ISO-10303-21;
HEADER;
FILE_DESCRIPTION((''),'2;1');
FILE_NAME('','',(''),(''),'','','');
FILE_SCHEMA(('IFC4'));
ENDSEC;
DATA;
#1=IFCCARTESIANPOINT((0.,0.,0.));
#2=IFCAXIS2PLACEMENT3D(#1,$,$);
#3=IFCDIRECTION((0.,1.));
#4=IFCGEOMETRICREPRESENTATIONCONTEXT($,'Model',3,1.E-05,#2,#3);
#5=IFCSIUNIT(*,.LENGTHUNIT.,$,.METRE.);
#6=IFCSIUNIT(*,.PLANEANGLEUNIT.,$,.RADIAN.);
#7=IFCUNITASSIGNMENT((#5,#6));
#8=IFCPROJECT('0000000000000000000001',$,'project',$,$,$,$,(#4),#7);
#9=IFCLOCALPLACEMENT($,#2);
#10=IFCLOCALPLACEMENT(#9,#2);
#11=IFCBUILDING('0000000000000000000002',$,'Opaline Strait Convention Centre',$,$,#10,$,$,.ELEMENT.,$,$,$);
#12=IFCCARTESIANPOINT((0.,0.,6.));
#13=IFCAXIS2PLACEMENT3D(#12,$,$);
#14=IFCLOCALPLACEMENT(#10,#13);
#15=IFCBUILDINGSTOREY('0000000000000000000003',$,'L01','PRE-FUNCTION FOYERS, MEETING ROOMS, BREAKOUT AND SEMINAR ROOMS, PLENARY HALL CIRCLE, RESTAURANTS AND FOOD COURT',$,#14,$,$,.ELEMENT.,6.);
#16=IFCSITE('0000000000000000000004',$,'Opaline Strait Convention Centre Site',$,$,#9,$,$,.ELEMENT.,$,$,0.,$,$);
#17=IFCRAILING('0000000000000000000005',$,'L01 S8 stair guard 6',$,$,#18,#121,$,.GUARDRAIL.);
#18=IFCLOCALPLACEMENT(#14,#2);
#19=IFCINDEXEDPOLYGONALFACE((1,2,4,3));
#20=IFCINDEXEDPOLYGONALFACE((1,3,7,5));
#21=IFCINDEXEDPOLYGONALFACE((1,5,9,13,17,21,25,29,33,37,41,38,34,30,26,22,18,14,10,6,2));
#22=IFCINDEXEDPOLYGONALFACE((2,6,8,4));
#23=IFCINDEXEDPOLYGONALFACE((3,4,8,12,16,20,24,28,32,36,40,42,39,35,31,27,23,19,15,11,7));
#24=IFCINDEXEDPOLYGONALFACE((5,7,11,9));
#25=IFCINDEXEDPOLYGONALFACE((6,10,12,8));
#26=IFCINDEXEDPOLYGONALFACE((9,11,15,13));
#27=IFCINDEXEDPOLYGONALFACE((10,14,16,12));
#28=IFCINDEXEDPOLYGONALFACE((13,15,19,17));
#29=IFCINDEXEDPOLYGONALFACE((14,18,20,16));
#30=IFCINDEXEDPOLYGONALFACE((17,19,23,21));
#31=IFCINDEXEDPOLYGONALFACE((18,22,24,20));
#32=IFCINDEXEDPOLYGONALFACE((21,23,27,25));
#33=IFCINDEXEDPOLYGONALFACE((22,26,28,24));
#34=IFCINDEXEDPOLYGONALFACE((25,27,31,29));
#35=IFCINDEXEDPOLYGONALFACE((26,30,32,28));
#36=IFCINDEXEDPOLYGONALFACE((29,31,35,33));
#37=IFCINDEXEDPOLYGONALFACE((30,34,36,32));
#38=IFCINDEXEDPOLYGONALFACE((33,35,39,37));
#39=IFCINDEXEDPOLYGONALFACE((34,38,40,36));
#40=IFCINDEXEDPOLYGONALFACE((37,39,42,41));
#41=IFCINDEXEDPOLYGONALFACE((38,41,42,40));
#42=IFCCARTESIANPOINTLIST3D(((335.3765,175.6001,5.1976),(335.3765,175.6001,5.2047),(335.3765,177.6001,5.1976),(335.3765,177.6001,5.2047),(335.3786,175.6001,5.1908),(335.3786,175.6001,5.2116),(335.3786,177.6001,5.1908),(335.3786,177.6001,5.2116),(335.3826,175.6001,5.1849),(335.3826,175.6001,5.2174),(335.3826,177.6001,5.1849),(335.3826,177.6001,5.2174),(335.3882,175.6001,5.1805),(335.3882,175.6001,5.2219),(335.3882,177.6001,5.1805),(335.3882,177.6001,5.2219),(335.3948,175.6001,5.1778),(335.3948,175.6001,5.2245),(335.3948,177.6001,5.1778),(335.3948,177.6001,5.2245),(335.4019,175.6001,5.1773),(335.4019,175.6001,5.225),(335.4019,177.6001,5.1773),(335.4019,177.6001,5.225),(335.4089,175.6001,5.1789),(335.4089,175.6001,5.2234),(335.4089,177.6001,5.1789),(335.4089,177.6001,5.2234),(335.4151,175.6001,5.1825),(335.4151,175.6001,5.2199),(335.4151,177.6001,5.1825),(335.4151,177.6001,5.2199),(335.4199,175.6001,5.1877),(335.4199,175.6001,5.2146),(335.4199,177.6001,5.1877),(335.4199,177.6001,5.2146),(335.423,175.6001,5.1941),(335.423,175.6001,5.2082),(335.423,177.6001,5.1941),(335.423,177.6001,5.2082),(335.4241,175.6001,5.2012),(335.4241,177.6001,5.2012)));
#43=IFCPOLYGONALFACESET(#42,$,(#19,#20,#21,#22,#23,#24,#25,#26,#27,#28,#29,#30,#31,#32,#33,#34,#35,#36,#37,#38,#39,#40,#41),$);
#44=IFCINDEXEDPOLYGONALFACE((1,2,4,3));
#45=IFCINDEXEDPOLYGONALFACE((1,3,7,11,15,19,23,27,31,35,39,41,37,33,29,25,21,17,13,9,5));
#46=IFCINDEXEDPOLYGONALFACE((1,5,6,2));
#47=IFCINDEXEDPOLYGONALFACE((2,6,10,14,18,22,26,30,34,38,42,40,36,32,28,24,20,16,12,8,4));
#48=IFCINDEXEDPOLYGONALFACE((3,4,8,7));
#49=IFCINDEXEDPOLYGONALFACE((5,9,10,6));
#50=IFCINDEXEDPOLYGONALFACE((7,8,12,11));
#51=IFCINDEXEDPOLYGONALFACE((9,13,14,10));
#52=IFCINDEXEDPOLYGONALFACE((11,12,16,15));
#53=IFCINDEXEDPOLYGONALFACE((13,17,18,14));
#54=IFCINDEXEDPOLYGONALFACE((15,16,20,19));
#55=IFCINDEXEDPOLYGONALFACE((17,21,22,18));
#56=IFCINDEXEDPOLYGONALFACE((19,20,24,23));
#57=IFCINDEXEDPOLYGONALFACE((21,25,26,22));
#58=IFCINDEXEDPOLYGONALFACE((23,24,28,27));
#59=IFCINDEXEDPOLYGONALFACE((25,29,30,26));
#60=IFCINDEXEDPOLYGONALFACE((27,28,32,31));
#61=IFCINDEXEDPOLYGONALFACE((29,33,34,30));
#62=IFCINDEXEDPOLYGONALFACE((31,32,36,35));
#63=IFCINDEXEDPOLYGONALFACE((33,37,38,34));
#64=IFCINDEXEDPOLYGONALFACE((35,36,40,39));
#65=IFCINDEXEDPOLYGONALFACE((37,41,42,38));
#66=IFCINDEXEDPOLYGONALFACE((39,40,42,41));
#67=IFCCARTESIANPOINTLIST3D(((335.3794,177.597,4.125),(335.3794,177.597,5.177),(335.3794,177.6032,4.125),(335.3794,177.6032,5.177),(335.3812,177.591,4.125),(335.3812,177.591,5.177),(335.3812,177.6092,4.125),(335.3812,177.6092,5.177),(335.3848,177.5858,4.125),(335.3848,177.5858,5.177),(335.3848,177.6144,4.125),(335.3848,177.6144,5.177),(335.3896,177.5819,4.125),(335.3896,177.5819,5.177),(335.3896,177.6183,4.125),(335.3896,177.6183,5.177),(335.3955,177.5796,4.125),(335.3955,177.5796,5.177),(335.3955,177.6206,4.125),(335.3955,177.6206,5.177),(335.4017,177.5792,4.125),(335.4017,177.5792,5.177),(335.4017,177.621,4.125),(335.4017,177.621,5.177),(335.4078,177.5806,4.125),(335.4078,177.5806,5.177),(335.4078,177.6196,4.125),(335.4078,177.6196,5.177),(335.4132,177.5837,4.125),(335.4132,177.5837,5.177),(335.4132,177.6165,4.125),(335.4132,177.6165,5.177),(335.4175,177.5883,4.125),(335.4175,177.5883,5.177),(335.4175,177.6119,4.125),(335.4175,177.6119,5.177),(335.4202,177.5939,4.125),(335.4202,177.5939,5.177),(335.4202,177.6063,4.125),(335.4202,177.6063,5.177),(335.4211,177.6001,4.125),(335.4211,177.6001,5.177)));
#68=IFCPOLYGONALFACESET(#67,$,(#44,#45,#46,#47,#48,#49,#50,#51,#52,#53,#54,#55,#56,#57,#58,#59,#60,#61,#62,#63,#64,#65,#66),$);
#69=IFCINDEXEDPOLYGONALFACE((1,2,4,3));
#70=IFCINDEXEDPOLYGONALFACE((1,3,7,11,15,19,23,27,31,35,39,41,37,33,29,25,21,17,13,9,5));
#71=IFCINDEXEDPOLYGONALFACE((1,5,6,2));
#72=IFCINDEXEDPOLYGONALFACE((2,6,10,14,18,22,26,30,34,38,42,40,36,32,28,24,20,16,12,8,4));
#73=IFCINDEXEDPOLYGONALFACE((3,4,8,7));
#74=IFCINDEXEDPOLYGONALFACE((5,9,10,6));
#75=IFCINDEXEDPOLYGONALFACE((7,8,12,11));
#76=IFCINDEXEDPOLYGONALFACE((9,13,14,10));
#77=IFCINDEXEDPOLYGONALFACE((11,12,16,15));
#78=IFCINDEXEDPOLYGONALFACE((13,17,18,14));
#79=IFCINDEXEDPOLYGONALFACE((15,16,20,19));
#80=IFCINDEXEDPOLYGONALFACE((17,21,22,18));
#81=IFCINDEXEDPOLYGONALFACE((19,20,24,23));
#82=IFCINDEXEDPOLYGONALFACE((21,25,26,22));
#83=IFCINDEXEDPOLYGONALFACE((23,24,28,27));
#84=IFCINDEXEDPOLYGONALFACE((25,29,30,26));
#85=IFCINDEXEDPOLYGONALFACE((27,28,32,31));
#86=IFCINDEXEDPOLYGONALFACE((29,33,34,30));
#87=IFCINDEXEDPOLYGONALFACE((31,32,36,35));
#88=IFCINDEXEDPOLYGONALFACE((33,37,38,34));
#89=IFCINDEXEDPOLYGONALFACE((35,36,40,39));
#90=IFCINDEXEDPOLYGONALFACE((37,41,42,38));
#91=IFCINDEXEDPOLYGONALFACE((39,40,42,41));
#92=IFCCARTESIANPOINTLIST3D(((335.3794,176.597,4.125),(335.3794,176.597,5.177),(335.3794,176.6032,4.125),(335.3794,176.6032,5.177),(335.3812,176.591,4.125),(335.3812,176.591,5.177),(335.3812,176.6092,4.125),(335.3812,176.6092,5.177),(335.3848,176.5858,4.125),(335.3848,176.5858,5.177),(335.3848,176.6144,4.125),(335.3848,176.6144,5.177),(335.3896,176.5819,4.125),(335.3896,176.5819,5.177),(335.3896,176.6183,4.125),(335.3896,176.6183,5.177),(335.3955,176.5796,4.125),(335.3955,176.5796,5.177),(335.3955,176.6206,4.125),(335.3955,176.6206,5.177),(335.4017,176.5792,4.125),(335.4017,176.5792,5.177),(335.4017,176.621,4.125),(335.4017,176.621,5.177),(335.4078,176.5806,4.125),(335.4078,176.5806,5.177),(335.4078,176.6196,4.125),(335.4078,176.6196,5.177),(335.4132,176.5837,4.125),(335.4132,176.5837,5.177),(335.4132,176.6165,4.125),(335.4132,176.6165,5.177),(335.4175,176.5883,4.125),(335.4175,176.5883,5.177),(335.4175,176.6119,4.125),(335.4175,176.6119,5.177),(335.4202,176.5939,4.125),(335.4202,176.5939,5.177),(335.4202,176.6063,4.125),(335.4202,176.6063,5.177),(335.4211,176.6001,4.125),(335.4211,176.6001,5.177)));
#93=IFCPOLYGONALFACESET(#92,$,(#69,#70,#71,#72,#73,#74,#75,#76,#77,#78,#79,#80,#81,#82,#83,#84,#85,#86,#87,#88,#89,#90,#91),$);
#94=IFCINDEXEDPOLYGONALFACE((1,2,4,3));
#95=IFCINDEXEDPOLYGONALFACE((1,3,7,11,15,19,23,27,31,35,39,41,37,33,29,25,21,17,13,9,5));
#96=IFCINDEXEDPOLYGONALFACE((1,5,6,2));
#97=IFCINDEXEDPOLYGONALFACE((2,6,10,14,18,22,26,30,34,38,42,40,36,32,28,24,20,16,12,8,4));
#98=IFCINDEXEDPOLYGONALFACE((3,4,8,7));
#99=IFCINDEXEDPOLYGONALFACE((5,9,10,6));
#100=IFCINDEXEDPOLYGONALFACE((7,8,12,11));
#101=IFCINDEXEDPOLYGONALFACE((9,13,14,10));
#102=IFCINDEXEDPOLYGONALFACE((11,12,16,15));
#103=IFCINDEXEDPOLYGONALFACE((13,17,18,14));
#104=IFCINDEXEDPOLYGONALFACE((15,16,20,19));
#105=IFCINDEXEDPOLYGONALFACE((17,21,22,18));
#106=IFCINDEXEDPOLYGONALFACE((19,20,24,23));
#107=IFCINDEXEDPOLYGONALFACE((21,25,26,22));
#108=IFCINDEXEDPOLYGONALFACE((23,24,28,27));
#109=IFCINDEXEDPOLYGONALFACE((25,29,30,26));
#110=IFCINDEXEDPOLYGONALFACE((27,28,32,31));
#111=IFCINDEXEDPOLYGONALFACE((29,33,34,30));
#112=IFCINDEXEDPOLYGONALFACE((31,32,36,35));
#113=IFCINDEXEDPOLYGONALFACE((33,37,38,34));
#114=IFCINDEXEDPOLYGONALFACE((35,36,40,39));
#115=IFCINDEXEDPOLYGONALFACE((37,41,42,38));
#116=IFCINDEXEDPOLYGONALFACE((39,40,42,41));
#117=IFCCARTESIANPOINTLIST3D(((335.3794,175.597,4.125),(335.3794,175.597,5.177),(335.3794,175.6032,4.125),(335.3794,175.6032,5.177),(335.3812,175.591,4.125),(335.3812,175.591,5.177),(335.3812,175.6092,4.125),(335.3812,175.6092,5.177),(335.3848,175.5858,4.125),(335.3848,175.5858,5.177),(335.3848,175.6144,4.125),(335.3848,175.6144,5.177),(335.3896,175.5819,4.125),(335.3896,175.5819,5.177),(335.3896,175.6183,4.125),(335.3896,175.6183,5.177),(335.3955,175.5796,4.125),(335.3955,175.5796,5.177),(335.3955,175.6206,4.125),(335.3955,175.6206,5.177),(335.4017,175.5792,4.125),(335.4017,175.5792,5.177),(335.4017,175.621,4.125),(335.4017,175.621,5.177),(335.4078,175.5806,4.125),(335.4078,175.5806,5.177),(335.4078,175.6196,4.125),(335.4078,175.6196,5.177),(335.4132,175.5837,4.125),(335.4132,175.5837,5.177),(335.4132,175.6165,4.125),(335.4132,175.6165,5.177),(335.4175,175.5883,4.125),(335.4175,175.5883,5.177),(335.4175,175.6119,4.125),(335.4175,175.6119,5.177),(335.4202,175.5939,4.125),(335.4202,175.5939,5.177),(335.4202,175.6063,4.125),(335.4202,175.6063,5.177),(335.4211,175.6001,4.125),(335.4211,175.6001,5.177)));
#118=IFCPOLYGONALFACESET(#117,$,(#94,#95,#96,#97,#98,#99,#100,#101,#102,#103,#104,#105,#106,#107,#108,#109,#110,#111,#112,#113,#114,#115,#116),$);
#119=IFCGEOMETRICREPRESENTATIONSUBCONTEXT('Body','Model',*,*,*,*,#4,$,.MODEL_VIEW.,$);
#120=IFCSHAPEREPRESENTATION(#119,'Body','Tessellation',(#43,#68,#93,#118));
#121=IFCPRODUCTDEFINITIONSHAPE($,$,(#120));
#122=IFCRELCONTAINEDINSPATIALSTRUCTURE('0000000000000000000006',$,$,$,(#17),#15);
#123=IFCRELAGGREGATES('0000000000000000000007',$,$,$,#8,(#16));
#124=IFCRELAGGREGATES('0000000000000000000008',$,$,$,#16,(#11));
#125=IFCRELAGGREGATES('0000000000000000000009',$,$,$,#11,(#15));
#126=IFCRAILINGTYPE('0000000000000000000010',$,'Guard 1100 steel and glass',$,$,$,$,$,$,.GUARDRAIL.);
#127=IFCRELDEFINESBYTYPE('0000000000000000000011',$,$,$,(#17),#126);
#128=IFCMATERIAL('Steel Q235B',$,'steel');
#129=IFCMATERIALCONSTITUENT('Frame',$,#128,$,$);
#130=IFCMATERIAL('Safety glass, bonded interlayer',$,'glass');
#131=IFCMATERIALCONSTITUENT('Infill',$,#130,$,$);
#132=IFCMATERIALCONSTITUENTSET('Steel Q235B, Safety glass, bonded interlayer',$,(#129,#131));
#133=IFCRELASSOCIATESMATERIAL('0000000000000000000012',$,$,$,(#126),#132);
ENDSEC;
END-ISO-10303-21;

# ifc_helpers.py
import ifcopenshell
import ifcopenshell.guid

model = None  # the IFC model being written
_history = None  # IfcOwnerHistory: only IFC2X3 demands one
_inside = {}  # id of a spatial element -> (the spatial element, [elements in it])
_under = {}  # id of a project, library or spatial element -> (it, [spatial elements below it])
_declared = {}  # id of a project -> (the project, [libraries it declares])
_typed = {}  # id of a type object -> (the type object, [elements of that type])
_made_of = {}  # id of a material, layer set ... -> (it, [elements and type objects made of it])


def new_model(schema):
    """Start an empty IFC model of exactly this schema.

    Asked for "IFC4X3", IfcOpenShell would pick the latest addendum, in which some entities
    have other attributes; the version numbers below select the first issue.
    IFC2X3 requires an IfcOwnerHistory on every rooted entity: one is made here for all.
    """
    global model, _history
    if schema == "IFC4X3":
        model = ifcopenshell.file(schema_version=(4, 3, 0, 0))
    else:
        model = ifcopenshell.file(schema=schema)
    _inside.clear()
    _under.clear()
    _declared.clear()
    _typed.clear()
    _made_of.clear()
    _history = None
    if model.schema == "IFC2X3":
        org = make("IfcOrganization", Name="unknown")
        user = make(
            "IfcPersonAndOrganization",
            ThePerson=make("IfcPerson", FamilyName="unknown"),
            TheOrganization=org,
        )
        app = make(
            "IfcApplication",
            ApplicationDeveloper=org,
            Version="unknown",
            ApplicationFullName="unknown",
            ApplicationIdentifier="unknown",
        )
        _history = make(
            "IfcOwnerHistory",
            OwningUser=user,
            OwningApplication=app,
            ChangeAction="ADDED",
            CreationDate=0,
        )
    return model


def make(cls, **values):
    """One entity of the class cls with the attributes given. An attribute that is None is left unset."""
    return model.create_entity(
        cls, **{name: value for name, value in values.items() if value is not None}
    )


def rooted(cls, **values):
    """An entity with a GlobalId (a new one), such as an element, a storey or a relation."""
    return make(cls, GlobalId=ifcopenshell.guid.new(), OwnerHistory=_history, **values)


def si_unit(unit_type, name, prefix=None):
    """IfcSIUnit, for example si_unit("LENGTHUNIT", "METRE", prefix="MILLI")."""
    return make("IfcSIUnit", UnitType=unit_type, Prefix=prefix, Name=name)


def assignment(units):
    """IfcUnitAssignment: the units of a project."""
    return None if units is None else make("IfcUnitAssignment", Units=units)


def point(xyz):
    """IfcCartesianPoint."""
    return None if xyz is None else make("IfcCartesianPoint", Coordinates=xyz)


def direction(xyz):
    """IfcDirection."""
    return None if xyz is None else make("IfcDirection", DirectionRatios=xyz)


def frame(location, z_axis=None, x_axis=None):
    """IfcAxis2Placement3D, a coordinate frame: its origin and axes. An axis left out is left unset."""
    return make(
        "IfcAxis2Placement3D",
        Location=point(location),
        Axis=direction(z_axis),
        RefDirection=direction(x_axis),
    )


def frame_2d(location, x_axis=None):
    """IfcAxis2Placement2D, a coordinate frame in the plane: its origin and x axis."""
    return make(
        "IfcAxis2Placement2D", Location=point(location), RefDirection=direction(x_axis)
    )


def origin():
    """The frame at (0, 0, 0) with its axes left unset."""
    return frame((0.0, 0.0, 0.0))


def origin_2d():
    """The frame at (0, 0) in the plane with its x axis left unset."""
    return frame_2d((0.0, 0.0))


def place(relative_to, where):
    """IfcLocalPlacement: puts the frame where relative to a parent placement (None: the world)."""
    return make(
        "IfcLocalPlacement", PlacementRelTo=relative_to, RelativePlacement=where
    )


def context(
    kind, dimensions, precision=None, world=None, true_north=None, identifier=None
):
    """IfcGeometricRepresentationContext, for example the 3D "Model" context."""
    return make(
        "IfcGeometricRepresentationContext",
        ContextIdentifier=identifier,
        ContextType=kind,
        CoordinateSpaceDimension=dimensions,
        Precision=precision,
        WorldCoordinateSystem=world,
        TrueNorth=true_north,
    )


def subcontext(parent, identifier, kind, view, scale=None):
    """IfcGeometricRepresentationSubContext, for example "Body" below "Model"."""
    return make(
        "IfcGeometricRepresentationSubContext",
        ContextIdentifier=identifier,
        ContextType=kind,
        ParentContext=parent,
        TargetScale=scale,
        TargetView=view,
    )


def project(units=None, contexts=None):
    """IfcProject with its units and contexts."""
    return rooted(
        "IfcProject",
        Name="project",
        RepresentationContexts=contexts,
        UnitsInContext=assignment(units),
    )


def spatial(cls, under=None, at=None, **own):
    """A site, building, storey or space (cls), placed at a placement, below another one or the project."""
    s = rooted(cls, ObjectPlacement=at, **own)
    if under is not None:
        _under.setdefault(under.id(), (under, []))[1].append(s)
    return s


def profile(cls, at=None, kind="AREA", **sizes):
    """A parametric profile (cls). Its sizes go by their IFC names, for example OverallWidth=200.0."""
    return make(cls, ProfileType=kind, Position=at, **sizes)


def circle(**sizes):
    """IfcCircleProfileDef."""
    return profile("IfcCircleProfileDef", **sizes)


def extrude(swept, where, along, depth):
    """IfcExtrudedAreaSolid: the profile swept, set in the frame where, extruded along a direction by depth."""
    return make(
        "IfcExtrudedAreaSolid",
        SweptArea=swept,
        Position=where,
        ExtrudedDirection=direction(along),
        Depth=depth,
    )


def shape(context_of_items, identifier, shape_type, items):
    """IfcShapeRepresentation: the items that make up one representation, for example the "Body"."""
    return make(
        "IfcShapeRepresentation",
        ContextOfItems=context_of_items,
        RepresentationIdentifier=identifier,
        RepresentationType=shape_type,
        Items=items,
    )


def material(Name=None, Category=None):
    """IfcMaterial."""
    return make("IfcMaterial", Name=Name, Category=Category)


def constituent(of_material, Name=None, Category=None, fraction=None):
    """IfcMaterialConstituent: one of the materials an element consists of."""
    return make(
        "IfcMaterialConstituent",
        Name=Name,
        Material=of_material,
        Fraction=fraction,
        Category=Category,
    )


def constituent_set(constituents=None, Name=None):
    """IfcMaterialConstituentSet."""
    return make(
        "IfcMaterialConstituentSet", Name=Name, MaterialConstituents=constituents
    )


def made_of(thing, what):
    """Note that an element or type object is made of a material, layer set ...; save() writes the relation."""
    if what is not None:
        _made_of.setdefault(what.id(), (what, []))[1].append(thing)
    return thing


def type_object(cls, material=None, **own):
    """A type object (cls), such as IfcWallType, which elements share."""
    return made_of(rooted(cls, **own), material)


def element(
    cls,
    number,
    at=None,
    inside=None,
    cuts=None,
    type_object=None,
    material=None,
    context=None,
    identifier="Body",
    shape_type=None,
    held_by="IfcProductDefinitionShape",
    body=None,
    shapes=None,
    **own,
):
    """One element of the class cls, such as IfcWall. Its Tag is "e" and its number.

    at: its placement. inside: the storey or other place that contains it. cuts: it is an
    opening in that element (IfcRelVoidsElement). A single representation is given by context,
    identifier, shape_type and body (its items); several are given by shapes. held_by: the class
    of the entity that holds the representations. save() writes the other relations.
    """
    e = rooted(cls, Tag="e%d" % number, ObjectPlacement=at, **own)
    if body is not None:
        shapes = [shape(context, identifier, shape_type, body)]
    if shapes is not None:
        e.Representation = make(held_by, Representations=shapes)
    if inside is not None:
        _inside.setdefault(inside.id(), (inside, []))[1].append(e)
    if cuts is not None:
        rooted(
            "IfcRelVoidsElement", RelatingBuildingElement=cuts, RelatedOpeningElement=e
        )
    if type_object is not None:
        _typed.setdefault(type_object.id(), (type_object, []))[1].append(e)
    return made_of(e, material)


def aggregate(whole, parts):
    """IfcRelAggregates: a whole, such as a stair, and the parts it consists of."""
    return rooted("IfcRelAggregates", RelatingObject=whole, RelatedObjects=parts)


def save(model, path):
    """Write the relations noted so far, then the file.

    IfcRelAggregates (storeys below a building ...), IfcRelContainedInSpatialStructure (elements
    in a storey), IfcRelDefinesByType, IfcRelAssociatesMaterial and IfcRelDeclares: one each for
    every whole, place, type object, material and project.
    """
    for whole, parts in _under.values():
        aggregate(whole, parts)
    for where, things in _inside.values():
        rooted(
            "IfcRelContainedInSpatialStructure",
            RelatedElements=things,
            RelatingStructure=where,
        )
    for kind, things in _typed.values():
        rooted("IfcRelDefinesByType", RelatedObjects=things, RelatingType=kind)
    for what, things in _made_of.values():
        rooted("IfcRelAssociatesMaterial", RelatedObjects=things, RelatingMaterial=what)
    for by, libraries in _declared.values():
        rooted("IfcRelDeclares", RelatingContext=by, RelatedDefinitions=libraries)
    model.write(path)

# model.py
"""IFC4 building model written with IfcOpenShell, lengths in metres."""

from ifc_helpers import new_model, si_unit, direction, frame, origin, origin_2d, place, context, subcontext, project, spatial, circle, extrude, material, constituent, constituent_set, type_object, element, save


model = new_model("IFC4")

# Units and contexts
model_context = context("Model", 3, precision=1e-05, world=origin(), true_north=direction((0.0, 1.0)))
body_context = subcontext(model_context, "Body", "Model", "MODEL_VIEW")
ifc_project = project(units=[si_unit("LENGTHUNIT", "METRE"), si_unit("PLANEANGLEUNIT", "RADIAN")], contexts=[model_context])

# Site, building, storey
site_placement = place(None, origin())
site = spatial("IfcSite", under=ifc_project, at=site_placement, Name="Opaline Strait Convention Centre Site", CompositionType="ELEMENT", RefElevation=0.0)
building_placement = place(site_placement, origin())
building = spatial("IfcBuilding", under=site, at=building_placement, Name="Opaline Strait Convention Centre", CompositionType="ELEMENT")
storey_placement = place(building_placement, frame((0.0, 0.0, 6.0)))
storey = spatial("IfcBuildingStorey", under=building, at=storey_placement, Name="L01", Description="PRE-FUNCTION FOYERS, MEETING ROOMS, BREAKOUT AND SEMINAR ROOMS, PLENARY HALL CIRCLE, RESTAURANTS AND FOOD COURT", CompositionType="ELEMENT", Elevation=6.0)

# Railing
ifc_material_1 = material(Name="Steel Q235B", Category="steel")
ifc_constituent_1 = constituent(ifc_material_1, Name="Frame")
ifc_material_2 = material(Name="Safety glass, bonded interlayer", Category="glass")
ifc_constituent_2 = constituent(ifc_material_2, Name="Infill")
ifc_constituent_set = constituent_set(constituents=[ifc_constituent_1, ifc_constituent_2], Name="Steel Q235B, Safety glass, bonded interlayer")
railing_type_1 = type_object("IfcRailingType", Name="Guard 1100 steel and glass", PredefinedType="GUARDRAIL", material=ifc_constituent_set)
railing_1_placement = place(storey_placement, frame((335.4001, 177.6001, 4.125)))
element("IfcRailing", 1, at=railing_1_placement, inside=storey, type_object=railing_type_1, Name="L01 S8 stair guard 6", PredefinedType="GUARDRAIL", context=body_context, shape_type="SweptSolid", body=[
    extrude(circle(Radius=0.0239, at=origin_2d()), frame((0.0, 0.0, 1.0762), z_axis=(0.0, -1.0, 0.0), x_axis=(1.0, 0.0, 0.0)), (0.0, 0.0, 1.0), 2.0),
    extrude(circle(Radius=0.021, at=origin_2d()), origin(), (0.0, 0.0, 1.0), 1.052),
    extrude(circle(Radius=0.021, at=origin_2d()), frame((0.0, -1.0, 0.0)), (0.0, 0.0, 1.0), 1.052),
    extrude(circle(Radius=0.021, at=origin_2d()), frame((0.0, -2.0, 0.0)), (0.0, 0.0, 1.0), 1.052),
])

save(model, "model.ifc")
